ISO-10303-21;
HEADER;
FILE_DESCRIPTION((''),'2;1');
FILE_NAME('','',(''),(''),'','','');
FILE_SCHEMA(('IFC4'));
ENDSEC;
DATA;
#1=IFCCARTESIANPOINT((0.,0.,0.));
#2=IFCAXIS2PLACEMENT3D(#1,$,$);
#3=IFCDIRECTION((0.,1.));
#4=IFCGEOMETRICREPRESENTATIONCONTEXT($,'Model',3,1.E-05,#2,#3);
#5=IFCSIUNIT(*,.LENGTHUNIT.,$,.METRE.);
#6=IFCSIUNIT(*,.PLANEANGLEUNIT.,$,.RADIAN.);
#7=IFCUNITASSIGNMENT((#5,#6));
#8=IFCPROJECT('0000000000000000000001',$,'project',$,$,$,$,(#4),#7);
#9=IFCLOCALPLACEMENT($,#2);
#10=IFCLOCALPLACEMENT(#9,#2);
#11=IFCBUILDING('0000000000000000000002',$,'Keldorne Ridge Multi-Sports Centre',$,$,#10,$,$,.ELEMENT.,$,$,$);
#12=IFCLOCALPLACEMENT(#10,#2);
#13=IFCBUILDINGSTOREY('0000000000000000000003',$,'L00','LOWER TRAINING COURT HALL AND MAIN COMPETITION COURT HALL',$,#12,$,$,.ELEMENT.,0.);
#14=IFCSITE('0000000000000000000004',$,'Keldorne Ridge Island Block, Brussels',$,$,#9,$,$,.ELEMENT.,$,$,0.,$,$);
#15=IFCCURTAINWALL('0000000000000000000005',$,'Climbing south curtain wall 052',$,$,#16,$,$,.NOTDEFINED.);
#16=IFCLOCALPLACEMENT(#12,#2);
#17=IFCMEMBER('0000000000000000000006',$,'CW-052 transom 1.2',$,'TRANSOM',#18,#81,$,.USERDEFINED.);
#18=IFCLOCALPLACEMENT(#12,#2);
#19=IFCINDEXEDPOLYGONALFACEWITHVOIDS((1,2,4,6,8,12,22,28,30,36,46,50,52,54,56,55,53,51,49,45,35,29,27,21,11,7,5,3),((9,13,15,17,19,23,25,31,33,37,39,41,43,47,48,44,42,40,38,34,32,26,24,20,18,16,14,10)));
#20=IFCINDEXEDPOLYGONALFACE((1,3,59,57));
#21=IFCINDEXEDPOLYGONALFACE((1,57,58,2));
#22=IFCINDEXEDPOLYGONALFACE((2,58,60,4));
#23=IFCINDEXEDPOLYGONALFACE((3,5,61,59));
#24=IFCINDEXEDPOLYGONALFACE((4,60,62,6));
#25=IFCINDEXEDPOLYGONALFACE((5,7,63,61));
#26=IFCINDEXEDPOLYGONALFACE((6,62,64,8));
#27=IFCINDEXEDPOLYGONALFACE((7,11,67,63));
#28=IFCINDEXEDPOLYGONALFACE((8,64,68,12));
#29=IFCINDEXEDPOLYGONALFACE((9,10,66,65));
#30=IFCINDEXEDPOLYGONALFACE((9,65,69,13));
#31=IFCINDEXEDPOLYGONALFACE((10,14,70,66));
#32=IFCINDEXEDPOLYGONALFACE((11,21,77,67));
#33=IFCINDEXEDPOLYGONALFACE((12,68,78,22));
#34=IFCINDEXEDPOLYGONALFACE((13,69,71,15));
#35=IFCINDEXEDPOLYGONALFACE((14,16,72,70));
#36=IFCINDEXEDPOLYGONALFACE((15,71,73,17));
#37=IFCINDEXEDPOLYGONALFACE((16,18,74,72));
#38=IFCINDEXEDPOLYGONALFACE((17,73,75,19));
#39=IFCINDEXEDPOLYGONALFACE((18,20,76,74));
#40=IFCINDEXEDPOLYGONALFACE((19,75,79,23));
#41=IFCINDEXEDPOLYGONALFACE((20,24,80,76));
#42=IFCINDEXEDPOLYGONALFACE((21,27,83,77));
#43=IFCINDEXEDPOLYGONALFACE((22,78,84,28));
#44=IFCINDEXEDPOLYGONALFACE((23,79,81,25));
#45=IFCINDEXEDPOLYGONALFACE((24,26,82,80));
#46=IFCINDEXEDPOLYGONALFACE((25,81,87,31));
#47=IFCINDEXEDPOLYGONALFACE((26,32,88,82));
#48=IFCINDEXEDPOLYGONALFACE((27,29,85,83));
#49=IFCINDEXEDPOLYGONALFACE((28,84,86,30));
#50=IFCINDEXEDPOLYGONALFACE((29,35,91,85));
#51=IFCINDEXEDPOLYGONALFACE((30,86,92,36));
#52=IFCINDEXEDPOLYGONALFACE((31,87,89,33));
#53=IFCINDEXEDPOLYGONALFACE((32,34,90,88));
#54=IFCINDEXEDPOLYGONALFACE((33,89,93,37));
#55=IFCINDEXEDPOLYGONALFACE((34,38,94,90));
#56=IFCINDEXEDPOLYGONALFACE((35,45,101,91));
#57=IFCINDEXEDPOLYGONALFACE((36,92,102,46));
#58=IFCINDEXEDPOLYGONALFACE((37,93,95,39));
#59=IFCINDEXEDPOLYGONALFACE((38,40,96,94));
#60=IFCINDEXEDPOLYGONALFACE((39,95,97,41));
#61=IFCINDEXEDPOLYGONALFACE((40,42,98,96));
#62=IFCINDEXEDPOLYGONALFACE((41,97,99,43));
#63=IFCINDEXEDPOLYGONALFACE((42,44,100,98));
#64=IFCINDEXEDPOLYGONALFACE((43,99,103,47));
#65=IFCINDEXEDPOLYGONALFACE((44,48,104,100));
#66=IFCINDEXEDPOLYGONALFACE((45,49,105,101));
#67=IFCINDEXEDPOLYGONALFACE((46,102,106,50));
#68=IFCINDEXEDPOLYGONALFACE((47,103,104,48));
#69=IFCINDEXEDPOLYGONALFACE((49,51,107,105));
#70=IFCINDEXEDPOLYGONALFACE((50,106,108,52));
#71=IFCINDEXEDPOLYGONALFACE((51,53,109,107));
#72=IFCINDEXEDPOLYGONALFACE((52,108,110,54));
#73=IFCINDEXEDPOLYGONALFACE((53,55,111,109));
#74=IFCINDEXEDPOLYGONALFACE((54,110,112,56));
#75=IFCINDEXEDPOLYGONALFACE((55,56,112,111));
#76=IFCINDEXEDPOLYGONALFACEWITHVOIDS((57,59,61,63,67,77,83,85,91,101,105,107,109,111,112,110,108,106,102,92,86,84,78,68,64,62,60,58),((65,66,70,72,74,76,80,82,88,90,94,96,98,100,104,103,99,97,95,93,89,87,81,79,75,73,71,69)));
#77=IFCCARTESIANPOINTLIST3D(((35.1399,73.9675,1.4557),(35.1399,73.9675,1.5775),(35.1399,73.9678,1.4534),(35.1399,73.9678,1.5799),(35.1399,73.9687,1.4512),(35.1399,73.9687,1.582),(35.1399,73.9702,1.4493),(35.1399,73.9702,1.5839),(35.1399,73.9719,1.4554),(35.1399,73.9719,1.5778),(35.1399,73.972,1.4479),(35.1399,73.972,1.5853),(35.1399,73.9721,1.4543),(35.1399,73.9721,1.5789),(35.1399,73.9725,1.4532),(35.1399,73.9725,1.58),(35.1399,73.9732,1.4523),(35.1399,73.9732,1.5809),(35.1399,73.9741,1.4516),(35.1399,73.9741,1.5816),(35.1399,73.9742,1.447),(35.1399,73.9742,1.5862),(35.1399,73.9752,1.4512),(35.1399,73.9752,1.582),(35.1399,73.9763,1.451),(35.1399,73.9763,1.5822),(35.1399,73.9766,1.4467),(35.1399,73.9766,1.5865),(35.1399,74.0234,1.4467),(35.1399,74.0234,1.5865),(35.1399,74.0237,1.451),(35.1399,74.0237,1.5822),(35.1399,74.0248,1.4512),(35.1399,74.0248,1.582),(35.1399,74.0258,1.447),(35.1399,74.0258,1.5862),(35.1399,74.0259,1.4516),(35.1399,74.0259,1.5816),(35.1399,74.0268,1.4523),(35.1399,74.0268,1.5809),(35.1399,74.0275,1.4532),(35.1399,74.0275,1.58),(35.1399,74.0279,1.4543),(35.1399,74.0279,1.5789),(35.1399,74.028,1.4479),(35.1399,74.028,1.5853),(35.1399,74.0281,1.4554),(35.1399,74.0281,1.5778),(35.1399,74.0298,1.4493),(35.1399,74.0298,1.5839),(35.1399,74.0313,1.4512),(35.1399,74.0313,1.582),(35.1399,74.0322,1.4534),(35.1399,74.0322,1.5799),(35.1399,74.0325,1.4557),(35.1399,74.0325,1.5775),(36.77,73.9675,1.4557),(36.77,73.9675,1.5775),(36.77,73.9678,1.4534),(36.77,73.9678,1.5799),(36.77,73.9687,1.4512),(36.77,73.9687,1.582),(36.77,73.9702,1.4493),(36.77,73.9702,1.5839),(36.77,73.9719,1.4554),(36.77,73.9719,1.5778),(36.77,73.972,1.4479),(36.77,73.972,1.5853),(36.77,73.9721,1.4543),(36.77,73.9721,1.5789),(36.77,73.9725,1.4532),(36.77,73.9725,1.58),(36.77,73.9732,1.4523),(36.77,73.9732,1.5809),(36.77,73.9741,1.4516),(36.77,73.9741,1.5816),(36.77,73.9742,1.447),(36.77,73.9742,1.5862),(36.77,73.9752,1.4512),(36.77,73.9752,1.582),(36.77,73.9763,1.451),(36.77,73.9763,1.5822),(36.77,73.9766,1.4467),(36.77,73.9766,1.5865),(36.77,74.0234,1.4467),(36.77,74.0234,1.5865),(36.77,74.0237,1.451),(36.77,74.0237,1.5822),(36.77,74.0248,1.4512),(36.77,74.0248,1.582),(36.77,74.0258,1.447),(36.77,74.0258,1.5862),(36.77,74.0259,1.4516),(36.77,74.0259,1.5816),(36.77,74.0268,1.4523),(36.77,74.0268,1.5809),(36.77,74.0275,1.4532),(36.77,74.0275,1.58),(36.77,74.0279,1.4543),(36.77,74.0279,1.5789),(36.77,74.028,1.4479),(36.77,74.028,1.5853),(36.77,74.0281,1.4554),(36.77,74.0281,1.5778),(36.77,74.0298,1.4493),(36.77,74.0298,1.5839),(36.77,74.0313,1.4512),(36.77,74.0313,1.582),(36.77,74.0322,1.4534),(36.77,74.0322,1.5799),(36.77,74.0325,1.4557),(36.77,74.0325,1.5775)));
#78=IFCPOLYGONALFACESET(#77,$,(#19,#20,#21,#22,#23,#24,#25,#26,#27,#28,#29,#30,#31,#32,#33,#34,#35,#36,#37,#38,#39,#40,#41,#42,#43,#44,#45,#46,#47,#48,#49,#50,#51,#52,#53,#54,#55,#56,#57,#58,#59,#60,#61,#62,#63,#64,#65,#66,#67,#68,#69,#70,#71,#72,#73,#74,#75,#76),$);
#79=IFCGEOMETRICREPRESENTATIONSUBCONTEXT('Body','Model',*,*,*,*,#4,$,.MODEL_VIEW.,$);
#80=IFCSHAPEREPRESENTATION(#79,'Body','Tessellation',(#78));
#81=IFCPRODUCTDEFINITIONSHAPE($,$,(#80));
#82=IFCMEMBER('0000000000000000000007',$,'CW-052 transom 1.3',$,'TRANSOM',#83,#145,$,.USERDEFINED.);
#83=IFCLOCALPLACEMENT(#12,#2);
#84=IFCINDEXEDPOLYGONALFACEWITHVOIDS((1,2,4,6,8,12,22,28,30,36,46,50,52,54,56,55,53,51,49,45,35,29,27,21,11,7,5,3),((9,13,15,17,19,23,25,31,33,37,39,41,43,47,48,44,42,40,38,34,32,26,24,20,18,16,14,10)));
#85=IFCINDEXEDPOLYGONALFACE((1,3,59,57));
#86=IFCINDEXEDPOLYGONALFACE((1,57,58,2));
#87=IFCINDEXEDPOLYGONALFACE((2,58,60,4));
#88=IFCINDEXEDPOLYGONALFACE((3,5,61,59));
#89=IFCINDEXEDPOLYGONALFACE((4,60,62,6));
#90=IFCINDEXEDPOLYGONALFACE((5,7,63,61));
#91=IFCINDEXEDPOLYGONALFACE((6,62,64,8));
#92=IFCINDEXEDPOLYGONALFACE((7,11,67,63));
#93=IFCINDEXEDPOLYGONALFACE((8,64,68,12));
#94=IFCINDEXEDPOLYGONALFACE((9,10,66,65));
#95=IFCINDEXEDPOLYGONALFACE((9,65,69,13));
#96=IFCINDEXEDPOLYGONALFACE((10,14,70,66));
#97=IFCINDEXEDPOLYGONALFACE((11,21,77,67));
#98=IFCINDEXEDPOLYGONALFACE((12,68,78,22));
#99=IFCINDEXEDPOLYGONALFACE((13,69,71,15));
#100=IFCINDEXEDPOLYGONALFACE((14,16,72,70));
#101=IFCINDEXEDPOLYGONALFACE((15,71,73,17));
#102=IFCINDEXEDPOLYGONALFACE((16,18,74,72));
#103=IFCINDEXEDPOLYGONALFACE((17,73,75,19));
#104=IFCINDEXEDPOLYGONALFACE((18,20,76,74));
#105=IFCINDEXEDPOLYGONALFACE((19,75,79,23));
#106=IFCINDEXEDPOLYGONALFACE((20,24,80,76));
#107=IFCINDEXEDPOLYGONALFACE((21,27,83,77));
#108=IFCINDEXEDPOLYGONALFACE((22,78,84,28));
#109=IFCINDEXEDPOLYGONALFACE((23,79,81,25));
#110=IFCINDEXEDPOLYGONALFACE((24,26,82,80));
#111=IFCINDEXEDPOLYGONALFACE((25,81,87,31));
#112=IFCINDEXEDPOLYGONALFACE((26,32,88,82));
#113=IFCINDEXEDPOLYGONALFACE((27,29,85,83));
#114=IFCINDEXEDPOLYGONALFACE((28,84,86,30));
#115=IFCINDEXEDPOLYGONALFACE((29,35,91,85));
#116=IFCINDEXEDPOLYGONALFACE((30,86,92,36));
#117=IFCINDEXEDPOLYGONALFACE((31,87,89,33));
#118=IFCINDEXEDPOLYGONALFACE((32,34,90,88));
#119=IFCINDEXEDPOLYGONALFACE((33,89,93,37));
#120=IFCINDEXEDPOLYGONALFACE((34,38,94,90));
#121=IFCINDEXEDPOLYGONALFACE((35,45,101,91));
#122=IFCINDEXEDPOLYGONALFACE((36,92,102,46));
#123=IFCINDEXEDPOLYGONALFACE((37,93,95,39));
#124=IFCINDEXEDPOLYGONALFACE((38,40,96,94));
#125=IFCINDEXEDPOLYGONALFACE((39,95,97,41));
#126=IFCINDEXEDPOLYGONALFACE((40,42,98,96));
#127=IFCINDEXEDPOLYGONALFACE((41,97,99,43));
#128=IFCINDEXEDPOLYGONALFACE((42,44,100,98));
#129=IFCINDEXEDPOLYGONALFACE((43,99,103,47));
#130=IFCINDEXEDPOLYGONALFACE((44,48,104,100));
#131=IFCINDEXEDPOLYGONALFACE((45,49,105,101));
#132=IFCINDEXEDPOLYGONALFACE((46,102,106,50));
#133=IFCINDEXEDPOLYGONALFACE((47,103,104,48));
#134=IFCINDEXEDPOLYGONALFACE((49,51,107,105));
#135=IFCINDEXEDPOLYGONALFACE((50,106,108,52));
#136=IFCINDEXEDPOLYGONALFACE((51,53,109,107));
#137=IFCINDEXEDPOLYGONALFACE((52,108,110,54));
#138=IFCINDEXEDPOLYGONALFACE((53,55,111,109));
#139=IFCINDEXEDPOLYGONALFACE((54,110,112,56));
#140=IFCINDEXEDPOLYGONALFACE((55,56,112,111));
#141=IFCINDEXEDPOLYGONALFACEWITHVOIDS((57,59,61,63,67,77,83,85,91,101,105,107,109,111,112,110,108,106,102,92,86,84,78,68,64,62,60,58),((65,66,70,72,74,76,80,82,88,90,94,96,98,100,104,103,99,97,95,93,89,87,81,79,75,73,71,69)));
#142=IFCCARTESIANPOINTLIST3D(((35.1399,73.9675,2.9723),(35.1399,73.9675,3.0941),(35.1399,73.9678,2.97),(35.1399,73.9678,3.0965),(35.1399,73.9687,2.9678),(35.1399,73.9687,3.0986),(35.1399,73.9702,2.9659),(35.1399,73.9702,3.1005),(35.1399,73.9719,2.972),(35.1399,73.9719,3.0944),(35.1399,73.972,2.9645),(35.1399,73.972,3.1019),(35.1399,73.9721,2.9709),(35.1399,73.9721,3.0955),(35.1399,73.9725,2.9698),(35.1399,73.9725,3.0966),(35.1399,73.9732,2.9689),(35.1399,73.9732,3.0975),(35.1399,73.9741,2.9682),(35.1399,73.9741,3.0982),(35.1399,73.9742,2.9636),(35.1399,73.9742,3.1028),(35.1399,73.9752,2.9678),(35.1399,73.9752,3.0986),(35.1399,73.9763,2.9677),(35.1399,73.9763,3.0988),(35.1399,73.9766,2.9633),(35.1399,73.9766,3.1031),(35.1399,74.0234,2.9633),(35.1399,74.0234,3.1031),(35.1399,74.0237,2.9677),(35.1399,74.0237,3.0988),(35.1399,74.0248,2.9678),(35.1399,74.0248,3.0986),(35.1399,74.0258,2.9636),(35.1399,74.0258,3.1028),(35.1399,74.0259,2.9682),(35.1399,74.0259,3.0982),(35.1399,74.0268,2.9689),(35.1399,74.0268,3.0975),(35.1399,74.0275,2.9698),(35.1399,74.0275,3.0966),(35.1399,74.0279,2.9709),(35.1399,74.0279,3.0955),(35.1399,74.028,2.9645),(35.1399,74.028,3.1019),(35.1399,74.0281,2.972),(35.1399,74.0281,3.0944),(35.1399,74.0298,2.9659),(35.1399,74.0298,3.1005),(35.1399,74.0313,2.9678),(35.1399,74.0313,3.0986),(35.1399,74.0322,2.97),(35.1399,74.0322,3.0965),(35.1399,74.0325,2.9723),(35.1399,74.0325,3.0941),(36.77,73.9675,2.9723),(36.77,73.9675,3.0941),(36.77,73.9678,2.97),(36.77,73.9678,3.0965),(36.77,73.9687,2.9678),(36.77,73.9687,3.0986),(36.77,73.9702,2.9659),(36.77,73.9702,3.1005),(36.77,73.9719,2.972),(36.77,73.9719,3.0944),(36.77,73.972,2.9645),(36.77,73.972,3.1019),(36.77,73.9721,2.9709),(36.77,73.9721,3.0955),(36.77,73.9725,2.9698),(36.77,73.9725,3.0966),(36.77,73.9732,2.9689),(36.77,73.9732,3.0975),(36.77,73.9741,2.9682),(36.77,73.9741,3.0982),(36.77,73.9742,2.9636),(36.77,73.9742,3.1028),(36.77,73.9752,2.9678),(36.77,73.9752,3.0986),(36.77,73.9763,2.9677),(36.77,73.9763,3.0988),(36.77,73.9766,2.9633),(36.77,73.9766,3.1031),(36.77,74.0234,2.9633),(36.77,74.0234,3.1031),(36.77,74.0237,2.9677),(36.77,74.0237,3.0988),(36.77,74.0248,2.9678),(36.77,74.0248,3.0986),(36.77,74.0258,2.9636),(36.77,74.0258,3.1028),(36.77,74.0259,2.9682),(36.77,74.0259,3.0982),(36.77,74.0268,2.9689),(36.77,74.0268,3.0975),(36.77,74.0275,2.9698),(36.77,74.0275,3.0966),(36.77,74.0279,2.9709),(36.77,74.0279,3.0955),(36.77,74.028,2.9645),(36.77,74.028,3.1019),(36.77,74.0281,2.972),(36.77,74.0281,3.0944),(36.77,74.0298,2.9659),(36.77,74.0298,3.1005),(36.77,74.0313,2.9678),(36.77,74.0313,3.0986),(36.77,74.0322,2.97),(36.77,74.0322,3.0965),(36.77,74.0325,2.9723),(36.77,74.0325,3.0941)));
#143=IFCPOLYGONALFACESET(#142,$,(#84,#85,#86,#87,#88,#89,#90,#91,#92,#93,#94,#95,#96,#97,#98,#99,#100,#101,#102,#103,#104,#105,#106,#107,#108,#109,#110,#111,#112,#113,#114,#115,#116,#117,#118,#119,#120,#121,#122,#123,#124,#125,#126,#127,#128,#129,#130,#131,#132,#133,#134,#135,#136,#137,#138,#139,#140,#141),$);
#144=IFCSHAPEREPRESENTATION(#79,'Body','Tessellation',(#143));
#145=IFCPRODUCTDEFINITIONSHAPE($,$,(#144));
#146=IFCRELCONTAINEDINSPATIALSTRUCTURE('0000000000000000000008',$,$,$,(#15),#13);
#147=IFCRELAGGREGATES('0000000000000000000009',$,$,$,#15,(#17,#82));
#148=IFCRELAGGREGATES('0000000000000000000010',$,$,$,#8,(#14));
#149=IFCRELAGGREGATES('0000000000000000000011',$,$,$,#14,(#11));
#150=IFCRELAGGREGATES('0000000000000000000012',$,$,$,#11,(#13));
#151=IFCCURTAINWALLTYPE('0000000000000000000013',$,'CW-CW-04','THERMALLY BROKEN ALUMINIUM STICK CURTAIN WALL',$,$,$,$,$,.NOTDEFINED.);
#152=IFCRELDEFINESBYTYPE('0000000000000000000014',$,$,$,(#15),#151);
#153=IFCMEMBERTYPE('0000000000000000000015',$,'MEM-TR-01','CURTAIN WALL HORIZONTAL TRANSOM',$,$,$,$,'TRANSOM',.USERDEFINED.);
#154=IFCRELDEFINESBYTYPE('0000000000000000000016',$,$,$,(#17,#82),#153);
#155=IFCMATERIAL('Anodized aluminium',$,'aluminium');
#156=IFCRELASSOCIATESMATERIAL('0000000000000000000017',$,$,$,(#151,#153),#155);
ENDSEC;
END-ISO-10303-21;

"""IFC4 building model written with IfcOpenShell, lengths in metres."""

from ifc_helpers import new_model, si_unit, direction, frame, origin, origin_2d, place, context, subcontext, project, spatial, hollow_rectangle, extrude, material, material_profile, profile_set, type_object, element, aggregate, save


model = new_model("IFC4")

# Units and contexts
model_context = context("Model", 3, precision=1e-05, world=origin(), true_north=direction((0.0, 1.0)))
body_context = subcontext(model_context, "Body", "Model", "MODEL_VIEW")
ifc_project = project(units=[si_unit("LENGTHUNIT", "METRE"), si_unit("PLANEANGLEUNIT", "RADIAN")], contexts=[model_context])

# Site, building, storey
site_placement = place(None, origin())
site = spatial("IfcSite", under=ifc_project, at=site_placement, Name="Keldorne Ridge Island Block, Brussels", CompositionType="ELEMENT", RefElevation=0.0)
building_placement = place(site_placement, origin())
building = spatial("IfcBuilding", under=site, at=building_placement, Name="Keldorne Ridge Multi-Sports Centre", CompositionType="ELEMENT")
storey_placement = place(building_placement, origin())
storey = spatial("IfcBuildingStorey", under=building, at=storey_placement, Name="L00", Description="LOWER TRAINING COURT HALL AND MAIN COMPETITION COURT HALL", CompositionType="ELEMENT", Elevation=0.0)

# Curtain wall, members
ifc_material_1 = material(Name="Anodized aluminium", Category="aluminium")
curtain_wall_type_1 = type_object("IfcCurtainWallType", Name="CW-CW-04", Description="THERMALLY BROKEN ALUMINIUM STICK CURTAIN WALL", PredefinedType="NOTDEFINED", material=ifc_material_1)
curtain_wall_1_placement = place(storey_placement, origin())
curtain_wall_1 = element("IfcCurtainWall", 1, at=curtain_wall_1_placement, inside=storey, type_object=curtain_wall_type_1, Name="Climbing south curtain wall 052", PredefinedType="NOTDEFINED")
ifc_material_profile = material_profile(ifc_material_1, hollow_rectangle(XDim=0.0649, YDim=0.1399, WallThickness=0.0044, InnerFilletRadius=0.0044, OuterFilletRadius=0.009, at=origin_2d()), Name="ALU TRANSOM 140x65x4.5")
ifc_profile_set = profile_set([ifc_material_profile], Name="Anodized aluminium")
member_type = type_object("IfcMemberType", Name="MEM-TR-01", Description="CURTAIN WALL HORIZONTAL TRANSOM", ElementType="TRANSOM", PredefinedType="USERDEFINED", material=ifc_profile_set)
member_1_placement = place(storey_placement, frame((35.1399, 74.0, 1.5166), z_axis=(1.0, 0.0, 0.0), x_axis=(0.0, 1.0, 0.0)))
member_1 = element("IfcMember", 2, at=member_1_placement, type_object=member_type, Name="CW-052 transom 1.2", ObjectType="TRANSOM", PredefinedType="USERDEFINED", context=body_context, shape_type="SweptSolid", body=[
    extrude(hollow_rectangle(XDim=0.0649, YDim=0.1399, WallThickness=0.0044, InnerFilletRadius=0.0044, OuterFilletRadius=0.009, at=origin_2d()), origin(), (0.0, 0.0, 1.0), 1.6301),
])
member_2_placement = place(storey_placement, frame((35.1399, 74.0, 3.0332), z_axis=(1.0, 0.0, 0.0), x_axis=(0.0, 1.0, 0.0)))
member_2 = element("IfcMember", 3, at=member_2_placement, type_object=member_type, Name="CW-052 transom 1.3", ObjectType="TRANSOM", PredefinedType="USERDEFINED", context=body_context, shape_type="SweptSolid", body=[
    extrude(hollow_rectangle(XDim=0.0649, YDim=0.1399, WallThickness=0.0044, InnerFilletRadius=0.0044, OuterFilletRadius=0.009, at=origin_2d()), origin(), (0.0, 0.0, 1.0), 1.6301),
])

aggregate(curtain_wall_1, [member_1, member_2])

save(model, "model.ifc")
